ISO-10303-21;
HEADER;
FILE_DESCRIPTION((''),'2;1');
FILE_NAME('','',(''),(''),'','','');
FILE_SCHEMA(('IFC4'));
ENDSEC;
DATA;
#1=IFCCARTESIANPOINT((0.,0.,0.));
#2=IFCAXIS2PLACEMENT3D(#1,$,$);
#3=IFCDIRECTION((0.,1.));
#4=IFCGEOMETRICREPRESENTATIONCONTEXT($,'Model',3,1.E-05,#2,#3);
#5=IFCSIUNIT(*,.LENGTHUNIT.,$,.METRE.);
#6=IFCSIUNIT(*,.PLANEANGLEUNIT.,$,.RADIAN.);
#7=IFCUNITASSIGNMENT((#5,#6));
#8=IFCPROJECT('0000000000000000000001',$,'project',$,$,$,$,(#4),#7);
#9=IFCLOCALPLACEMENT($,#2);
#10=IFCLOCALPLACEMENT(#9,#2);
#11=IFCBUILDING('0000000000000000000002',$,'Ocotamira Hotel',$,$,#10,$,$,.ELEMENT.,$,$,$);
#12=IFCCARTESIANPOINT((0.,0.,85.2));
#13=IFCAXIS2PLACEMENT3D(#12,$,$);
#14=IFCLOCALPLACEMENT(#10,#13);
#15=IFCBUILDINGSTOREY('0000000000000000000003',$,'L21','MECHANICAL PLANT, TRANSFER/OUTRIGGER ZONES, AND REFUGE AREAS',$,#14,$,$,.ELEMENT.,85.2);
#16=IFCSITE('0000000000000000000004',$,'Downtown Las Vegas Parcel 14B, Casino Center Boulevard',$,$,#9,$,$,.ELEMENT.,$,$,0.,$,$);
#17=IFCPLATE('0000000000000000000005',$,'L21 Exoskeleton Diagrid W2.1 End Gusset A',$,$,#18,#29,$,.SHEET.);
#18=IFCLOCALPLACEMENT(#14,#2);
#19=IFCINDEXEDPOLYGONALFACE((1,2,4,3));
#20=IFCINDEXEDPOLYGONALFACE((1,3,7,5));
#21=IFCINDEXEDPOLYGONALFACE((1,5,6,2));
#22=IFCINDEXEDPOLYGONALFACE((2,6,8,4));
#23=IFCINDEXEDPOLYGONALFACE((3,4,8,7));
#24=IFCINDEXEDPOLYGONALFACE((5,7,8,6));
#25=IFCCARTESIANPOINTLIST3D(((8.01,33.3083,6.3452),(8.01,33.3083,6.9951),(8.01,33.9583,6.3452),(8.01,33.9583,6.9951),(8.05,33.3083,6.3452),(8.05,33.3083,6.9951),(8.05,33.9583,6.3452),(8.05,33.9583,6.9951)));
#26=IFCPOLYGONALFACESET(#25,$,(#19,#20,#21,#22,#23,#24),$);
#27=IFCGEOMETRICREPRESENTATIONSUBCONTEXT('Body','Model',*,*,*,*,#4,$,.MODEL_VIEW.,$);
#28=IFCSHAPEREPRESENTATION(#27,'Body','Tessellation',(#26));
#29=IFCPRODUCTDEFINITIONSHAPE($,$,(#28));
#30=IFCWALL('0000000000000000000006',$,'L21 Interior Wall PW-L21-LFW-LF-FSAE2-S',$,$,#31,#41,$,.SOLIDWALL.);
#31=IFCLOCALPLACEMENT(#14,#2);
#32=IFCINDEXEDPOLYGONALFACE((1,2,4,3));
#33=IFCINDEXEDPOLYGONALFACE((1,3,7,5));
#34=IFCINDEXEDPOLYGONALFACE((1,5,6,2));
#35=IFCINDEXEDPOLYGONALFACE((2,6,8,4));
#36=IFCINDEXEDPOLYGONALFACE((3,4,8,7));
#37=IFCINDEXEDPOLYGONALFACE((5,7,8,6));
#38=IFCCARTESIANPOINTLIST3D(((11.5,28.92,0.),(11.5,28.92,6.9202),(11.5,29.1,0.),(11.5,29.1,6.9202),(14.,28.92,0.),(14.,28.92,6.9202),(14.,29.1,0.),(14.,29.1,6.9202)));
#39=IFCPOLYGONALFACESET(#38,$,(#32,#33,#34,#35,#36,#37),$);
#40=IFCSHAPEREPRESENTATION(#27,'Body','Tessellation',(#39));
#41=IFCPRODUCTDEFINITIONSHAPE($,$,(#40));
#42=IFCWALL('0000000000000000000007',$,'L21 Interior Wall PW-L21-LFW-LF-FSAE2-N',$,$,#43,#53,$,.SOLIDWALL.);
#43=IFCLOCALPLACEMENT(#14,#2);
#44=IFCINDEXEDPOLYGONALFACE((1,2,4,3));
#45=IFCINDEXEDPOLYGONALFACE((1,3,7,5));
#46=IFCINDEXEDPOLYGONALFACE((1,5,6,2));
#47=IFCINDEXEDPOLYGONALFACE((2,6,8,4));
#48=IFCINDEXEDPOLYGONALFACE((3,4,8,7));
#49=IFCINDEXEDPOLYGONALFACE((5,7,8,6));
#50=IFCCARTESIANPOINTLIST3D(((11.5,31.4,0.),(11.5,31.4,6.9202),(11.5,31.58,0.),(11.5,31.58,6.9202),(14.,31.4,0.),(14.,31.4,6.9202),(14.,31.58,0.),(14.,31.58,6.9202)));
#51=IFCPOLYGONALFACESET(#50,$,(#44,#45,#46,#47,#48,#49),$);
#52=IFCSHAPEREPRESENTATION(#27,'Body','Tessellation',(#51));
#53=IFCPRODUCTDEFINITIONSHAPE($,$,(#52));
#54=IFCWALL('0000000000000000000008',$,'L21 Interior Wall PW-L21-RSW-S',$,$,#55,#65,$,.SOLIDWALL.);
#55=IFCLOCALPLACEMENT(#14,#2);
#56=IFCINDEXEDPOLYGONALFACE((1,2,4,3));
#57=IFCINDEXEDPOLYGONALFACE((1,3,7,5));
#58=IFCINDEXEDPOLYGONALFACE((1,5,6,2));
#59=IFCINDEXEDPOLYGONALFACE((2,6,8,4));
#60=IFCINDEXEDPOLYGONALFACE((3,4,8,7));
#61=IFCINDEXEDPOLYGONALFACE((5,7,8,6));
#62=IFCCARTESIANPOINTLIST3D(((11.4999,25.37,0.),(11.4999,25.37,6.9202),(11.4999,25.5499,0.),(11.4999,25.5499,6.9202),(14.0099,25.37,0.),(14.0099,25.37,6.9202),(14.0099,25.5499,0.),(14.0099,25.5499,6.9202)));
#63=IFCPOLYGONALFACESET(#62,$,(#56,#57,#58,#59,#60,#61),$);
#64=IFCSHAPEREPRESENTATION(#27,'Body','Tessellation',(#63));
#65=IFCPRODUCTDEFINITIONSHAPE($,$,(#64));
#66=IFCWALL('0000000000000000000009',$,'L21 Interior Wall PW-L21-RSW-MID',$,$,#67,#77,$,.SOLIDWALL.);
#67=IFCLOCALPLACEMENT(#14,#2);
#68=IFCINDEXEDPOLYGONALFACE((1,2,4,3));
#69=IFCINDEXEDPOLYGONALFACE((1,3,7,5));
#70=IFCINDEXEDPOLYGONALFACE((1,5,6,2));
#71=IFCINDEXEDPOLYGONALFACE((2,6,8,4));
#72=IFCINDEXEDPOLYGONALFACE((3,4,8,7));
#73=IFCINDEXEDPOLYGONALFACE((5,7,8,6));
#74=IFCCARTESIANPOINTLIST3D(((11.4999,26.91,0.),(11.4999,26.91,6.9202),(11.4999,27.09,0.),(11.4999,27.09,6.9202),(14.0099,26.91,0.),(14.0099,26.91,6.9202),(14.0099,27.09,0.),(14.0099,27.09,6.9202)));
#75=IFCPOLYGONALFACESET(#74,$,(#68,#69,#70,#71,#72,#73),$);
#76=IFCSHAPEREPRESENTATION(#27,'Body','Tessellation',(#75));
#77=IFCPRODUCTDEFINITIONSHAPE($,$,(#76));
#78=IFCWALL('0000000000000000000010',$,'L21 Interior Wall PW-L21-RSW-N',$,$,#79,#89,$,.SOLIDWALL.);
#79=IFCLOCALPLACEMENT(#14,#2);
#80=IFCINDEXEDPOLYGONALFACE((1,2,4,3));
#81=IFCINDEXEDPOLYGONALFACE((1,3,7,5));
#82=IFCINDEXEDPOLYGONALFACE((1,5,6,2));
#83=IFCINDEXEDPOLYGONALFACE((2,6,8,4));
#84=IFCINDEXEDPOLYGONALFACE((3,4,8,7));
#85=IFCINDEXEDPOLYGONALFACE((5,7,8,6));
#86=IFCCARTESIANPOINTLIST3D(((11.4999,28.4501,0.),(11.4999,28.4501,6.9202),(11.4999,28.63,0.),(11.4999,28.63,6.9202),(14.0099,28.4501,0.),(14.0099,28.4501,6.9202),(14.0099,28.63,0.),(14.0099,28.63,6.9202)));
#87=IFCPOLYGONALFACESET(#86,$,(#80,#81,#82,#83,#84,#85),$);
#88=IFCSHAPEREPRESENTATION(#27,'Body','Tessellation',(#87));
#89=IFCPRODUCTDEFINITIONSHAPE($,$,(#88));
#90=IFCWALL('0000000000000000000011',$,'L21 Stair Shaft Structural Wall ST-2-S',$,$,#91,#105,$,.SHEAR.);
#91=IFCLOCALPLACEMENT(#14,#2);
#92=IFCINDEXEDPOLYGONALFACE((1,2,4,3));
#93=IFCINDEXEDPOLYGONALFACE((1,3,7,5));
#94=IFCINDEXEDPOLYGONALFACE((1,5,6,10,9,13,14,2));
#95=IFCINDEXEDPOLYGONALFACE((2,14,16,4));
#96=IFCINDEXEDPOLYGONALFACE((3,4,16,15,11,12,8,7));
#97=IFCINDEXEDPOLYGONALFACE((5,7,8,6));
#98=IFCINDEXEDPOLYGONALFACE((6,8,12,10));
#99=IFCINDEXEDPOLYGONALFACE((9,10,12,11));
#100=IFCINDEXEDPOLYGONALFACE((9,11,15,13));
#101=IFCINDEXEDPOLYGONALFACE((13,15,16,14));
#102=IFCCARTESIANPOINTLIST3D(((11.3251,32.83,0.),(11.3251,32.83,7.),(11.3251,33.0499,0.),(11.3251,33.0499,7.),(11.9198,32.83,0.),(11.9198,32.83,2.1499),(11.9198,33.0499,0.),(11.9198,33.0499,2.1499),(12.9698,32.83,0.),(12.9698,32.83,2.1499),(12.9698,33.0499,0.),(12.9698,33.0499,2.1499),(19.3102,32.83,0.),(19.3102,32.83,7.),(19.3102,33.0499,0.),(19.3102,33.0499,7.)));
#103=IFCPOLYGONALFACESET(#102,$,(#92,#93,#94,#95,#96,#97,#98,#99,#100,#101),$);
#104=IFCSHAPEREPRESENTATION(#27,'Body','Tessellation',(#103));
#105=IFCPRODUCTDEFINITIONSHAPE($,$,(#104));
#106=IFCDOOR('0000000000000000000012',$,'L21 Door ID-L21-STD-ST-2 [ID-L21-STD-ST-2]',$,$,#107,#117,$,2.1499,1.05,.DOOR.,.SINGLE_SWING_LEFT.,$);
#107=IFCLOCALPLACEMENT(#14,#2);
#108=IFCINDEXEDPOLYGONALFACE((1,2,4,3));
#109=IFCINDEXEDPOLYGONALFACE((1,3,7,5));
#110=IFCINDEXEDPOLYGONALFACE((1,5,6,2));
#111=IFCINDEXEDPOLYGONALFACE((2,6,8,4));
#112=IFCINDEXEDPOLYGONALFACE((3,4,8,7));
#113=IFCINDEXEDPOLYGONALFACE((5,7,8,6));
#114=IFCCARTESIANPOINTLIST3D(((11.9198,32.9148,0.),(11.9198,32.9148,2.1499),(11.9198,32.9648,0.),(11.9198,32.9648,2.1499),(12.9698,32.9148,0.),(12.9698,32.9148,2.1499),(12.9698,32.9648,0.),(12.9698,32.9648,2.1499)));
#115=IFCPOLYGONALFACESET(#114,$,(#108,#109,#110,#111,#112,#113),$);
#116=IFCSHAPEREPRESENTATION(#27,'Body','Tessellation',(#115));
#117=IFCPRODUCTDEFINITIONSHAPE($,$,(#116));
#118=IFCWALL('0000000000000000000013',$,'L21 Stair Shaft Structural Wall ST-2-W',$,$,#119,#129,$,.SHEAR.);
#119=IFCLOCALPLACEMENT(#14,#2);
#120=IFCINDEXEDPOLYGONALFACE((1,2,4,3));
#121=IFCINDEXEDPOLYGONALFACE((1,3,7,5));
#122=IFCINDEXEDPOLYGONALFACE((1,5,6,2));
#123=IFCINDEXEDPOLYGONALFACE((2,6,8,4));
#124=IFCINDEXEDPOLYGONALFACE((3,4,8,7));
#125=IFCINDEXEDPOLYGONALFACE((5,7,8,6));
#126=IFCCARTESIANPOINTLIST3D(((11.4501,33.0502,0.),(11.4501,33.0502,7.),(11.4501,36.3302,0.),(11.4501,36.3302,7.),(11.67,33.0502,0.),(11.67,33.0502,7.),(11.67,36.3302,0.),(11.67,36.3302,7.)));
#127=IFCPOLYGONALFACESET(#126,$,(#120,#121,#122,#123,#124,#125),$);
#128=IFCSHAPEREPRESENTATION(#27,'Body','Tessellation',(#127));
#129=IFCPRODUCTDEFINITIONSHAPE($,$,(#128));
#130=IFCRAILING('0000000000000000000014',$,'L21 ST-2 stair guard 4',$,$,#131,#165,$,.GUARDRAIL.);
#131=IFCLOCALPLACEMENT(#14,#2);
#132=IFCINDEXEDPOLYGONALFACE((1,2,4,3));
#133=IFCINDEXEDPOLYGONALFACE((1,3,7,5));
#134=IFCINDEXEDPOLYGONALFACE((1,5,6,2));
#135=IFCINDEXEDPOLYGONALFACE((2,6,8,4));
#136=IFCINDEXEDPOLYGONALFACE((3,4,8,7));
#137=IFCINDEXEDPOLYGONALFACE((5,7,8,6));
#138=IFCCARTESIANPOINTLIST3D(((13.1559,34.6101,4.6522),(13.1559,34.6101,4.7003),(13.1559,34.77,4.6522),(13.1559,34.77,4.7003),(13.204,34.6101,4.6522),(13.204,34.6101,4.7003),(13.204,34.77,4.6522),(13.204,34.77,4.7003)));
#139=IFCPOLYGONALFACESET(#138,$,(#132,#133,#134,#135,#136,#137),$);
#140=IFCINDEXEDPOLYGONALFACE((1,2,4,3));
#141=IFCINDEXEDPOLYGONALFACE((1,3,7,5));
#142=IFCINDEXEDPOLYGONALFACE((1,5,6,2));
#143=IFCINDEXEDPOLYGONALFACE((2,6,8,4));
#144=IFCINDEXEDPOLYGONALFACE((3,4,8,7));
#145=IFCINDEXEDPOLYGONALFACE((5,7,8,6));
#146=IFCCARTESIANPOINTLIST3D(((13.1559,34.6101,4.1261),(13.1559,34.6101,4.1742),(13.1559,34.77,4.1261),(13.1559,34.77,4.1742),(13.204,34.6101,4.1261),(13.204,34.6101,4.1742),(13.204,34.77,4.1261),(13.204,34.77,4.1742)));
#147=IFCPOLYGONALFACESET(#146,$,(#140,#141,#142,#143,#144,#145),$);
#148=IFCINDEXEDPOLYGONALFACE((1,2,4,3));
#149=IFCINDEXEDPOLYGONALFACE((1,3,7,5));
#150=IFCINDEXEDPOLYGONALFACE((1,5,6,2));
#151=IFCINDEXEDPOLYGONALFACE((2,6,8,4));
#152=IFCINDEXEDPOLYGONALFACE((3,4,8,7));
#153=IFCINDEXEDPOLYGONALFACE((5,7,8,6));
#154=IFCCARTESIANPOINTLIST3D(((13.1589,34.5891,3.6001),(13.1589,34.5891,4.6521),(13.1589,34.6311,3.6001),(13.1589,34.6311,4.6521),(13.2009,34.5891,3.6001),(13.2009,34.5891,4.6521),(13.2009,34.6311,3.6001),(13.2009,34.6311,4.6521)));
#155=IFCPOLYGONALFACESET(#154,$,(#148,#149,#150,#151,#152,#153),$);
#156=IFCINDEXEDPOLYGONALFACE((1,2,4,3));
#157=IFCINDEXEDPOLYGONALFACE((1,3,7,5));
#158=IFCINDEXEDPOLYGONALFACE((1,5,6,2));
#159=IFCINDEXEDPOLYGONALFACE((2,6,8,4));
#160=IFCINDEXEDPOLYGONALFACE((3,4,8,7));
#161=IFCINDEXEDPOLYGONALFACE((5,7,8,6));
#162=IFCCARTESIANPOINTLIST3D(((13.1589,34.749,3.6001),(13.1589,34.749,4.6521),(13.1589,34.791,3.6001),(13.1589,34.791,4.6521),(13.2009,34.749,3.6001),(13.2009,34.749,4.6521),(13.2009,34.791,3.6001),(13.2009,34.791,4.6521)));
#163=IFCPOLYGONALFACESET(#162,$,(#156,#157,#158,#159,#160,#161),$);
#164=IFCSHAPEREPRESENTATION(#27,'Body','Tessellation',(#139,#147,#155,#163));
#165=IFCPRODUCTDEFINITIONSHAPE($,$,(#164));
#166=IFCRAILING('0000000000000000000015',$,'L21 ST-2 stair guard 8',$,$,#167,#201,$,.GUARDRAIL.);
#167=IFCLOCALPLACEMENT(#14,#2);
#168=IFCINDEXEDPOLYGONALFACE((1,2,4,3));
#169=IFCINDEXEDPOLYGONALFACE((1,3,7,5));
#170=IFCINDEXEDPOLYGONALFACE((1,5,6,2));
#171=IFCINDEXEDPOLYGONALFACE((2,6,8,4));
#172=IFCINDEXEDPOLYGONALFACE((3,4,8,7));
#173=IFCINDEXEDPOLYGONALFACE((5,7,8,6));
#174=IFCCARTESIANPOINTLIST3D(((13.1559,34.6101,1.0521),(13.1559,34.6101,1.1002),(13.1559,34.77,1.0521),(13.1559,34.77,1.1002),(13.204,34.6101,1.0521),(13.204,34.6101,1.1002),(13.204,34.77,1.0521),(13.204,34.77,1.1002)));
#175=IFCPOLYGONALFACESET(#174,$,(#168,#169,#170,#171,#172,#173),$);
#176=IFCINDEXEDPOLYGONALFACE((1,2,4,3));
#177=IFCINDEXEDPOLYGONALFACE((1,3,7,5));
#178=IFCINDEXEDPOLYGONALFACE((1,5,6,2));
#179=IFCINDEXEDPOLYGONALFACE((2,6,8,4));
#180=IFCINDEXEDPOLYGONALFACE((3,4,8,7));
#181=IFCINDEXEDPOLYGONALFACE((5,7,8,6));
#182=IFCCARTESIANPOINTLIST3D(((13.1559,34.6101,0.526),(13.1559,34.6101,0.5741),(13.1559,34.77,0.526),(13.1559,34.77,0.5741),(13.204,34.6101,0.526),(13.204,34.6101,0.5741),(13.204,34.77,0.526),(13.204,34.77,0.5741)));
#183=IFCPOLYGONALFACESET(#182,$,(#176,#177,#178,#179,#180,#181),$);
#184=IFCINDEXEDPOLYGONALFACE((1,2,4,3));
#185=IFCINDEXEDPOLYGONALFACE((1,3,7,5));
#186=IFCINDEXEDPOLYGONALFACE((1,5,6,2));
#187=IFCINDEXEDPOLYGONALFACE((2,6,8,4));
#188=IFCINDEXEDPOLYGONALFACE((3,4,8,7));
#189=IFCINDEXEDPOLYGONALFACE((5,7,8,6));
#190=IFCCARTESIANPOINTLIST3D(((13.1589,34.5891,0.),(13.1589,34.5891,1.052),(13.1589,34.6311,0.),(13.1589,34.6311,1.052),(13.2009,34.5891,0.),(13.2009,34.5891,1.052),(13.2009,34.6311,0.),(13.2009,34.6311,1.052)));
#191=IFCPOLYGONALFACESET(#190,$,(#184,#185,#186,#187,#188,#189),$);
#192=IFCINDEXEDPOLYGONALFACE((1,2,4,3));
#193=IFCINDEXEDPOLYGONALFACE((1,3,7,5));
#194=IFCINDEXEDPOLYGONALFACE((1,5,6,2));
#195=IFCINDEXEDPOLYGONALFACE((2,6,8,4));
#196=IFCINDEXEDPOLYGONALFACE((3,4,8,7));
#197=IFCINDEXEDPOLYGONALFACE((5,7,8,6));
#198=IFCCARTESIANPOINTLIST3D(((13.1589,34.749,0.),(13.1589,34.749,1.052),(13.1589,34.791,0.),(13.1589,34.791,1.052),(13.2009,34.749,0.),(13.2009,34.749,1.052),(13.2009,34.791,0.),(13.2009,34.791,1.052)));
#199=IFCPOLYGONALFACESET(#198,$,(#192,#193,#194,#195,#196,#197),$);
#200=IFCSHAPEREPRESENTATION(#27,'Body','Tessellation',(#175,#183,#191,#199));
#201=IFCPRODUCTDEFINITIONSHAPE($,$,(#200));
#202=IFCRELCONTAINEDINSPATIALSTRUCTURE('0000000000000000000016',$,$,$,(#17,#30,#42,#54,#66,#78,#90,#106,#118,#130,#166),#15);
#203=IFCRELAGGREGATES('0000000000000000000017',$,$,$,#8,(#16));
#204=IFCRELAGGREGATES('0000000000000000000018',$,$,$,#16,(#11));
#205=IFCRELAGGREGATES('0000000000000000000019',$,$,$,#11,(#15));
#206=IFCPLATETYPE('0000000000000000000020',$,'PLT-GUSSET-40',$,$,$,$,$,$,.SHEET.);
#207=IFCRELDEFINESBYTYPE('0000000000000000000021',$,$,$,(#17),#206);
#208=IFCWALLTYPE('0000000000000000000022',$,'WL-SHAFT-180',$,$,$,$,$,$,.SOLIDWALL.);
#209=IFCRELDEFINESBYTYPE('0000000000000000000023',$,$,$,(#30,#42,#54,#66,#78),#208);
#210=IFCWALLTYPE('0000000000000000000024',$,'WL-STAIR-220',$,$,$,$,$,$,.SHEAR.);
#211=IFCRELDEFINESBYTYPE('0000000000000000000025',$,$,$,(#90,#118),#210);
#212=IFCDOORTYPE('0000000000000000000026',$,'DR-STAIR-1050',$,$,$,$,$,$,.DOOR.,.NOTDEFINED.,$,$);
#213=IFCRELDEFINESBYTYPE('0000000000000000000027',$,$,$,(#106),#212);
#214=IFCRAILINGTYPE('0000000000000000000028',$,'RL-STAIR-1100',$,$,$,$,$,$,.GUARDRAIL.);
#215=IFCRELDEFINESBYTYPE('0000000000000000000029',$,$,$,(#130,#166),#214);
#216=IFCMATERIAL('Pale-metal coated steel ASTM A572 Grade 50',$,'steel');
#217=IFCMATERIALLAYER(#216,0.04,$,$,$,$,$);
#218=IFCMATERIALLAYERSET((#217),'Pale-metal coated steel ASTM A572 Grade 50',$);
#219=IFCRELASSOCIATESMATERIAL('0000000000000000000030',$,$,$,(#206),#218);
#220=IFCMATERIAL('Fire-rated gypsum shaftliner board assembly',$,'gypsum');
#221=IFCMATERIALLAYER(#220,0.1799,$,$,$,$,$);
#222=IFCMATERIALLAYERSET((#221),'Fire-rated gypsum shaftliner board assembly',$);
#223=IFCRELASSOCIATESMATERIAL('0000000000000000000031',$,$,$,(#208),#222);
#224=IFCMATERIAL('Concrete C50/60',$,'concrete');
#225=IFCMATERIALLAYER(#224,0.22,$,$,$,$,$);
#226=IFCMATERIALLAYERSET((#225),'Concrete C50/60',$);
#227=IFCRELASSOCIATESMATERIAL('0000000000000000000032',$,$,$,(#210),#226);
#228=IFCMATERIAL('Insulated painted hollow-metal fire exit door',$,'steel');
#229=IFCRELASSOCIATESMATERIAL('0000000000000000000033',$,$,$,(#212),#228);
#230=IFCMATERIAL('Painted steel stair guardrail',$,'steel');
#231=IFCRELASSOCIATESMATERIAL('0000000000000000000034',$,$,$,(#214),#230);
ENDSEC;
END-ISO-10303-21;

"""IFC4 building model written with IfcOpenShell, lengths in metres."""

from ifc_helpers import new_model, si_unit, direction, frame, frame_2d, origin, origin_2d, place, context, subcontext, project, spatial, rectangle, extrude, source, transform, mapped, material, layer, layer_set, type_object, element, fill, save


model = new_model("IFC4")

# Units and contexts
model_context = context("Model", 3, precision=1e-05, world=origin(), true_north=direction((0.0, 1.0)))
body_context = subcontext(model_context, "Body", "Model", "MODEL_VIEW")
ifc_project = project(units=[si_unit("LENGTHUNIT", "METRE"), si_unit("PLANEANGLEUNIT", "RADIAN")], contexts=[model_context])

# Site, building, storey
site_placement = place(None, origin())
site = spatial("IfcSite", under=ifc_project, at=site_placement, Name="Downtown Las Vegas Parcel 14B, Casino Center Boulevard", CompositionType="ELEMENT", RefElevation=0.0)
building_placement = place(site_placement, origin())
building = spatial("IfcBuilding", under=site, at=building_placement, Name="Ocotamira Hotel", CompositionType="ELEMENT")
storey_placement = place(building_placement, frame((0.0, 0.0, 85.2)))
storey = spatial("IfcBuildingStorey", under=building, at=storey_placement, Name="L21", Description="MECHANICAL PLANT, TRANSFER/OUTRIGGER ZONES, AND REFUGE AREAS", CompositionType="ELEMENT", Elevation=85.2)

# Plate
ifc_material_1 = material(Name="Pale-metal coated steel ASTM A572 Grade 50", Category="steel")
ifc_layer_1 = layer(ifc_material_1, 0.04)
ifc_layer_set_1 = layer_set([ifc_layer_1], Name="Pale-metal coated steel ASTM A572 Grade 50")
plate_type = type_object("IfcPlateType", Name="PLT-GUSSET-40", PredefinedType="SHEET", material=ifc_layer_set_1)
shared_shape_1 = source(origin(), body_context, "Body", "SweptSolid", [
    extrude(rectangle(XDim=0.04, YDim=0.6499, at=origin_2d()), origin(), (0.0, 0.0, 1.0), 0.6499),
])
for number, where, z_axis, x_axis, name in (
    (1, (8.03, 33.6333, 6.3452), (0.0, 0.0, 1.0), (1.0, 0.0, 0.0), "L21 Exoskeleton Diagrid W2.1 End Gusset A"),
):
    element("IfcPlate", number, at=place(storey_placement, frame(where, z_axis=z_axis, x_axis=x_axis)), inside=storey, type_object=plate_type, Name=name, PredefinedType="SHEET", context=body_context, shape_type="MappedRepresentation", body=[
        mapped(shared_shape_1, transform((0.0, 0.0, 0.0), scale=1.0)),
    ])

# Walls
ifc_material_2 = material(Name="Fire-rated gypsum shaftliner board assembly", Category="gypsum")
ifc_layer_2 = layer(ifc_material_2, 0.1799)
ifc_layer_set_2 = layer_set([ifc_layer_2], Name="Fire-rated gypsum shaftliner board assembly")
wall_type_1 = type_object("IfcWallType", Name="WL-SHAFT-180", PredefinedType="SOLIDWALL", material=ifc_layer_set_2)
for number, where, z_axis, x_axis, name in (
    (2, (11.5, 29.01, 0.0), (0.0, 0.0, 1.0), (1.0, 0.0, 0.0), "L21 Interior Wall PW-L21-LFW-LF-FSAE2-S"),
    (3, (11.5, 31.49, 0.0), (0.0, 0.0, 1.0), (1.0, 0.0, 0.0), "L21 Interior Wall PW-L21-LFW-LF-FSAE2-N"),
):
    element("IfcWall", number, at=place(storey_placement, frame(where, z_axis=z_axis, x_axis=x_axis)), inside=storey, type_object=wall_type_1, Name=name, PredefinedType="SOLIDWALL", context=body_context, shape_type="SweptSolid", body=[
        extrude(rectangle(XDim=2.5, YDim=0.1799, at=frame_2d((1.25, 0.0))), origin(), (0.0, 0.0, 1.0), 6.9202),
    ])
for number, where, z_axis, x_axis, name in (
    (4, (11.5, 25.46, 0.0), (0.0, 0.0, 1.0), (1.0, 0.0, 0.0), "L21 Interior Wall PW-L21-RSW-S"),
    (5, (11.5, 27.0, 0.0), (0.0, 0.0, 1.0), (1.0, 0.0, 0.0), "L21 Interior Wall PW-L21-RSW-MID"),
    (6, (11.5, 28.54, 0.0), (0.0, 0.0, 1.0), (1.0, 0.0, 0.0), "L21 Interior Wall PW-L21-RSW-N"),
):
    element("IfcWall", number, at=place(storey_placement, frame(where, z_axis=z_axis, x_axis=x_axis)), inside=storey, type_object=wall_type_1, Name=name, PredefinedType="SOLIDWALL", context=body_context, shape_type="SweptSolid", body=[
        extrude(rectangle(XDim=2.51, YDim=0.1799, at=frame_2d((1.2549, 0.0))), origin(), (0.0, 0.0, 1.0), 6.9202),
    ])

# Wall, opening, door
ifc_material_3 = material(Name="Concrete C50/60", Category="concrete")
ifc_layer_3 = layer(ifc_material_3, 0.22)
ifc_layer_set_3 = layer_set([ifc_layer_3], Name="Concrete C50/60")
wall_type_2 = type_object("IfcWallType", Name="WL-STAIR-220", PredefinedType="SHEAR", material=ifc_layer_set_3)
wall_1_placement = place(storey_placement, frame((11.325, 32.9399, 0.0), z_axis=(0.0, 0.0, 1.0), x_axis=(1.0, 0.0, 0.0)))
wall_1 = element("IfcWall", 7, at=wall_1_placement, inside=storey, type_object=wall_type_2, Name="L21 Stair Shaft Structural Wall ST-2-S", PredefinedType="SHEAR", context=body_context, shape_type="SweptSolid", body=[
    extrude(rectangle(XDim=7.9851, YDim=0.22, at=frame_2d((3.9927, 0.0))), origin(), (0.0, 0.0, 1.0), 7.0),
])
opening_placement = place(wall_1_placement, frame((0.595, 0.0, 0.0)))
opening = element("IfcOpeningElement", 8, at=opening_placement, cuts=wall_1, PredefinedType="OPENING", context=body_context, shape_type="SweptSolid", body=[
    extrude(rectangle(XDim=1.05, YDim=2.1499, at=frame_2d((0.5249, 1.075))), frame((0.0, 0.1201, 0.0), z_axis=(0.0, -1.0, 0.0), x_axis=(1.0, 0.0, 0.0)), (0.0, 0.0, 1.0), 0.24),
])
ifc_material_4 = material(Name="Insulated painted hollow-metal fire exit door", Category="steel")
door_type = type_object("IfcDoorType", Name="DR-STAIR-1050", OperationType="NOTDEFINED", PredefinedType="DOOR", material=ifc_material_4)
shared_shape_2 = source(origin(), body_context, "Body", "SweptSolid", [
    extrude(rectangle(XDim=1.05, YDim=2.1499, at=frame_2d((0.5249, 1.075))), frame((0.0, 0.0249, 0.0), z_axis=(0.0, -1.0, 0.0), x_axis=(1.0, 0.0, 0.0)), (0.0, 0.0, 1.0), 0.05),
])
door_placement = place(opening_placement, origin())
door = element("IfcDoor", 9, at=door_placement, inside=storey, type_object=door_type, Name="L21 Door ID-L21-STD-ST-2 [ID-L21-STD-ST-2]", OperationType="SINGLE_SWING_LEFT", OverallHeight=2.1499, OverallWidth=1.05, PredefinedType="DOOR", context=body_context, shape_type="MappedRepresentation", body=[
    mapped(shared_shape_2, transform((0.0, 0.0, 0.0), scale=1.0)),
])
fill(opening, door)

# Wall
wall_2_placement = place(storey_placement, frame((11.5601, 33.05, 0.0), z_axis=(0.0, 0.0, 1.0), x_axis=(0.0, 1.0, 0.0)))
element("IfcWall", 10, at=wall_2_placement, inside=storey, type_object=wall_type_2, Name="L21 Stair Shaft Structural Wall ST-2-W", PredefinedType="SHEAR", context=body_context, shape_type="SweptSolid", body=[
    extrude(rectangle(XDim=3.28, YDim=0.22, at=frame_2d((1.6401, 0.0))), origin(), (0.0, 0.0, 1.0), 7.0),
])

# Railings
ifc_material_5 = material(Name="Painted steel stair guardrail", Category="steel")
railing_type = type_object("IfcRailingType", Name="RL-STAIR-1100", PredefinedType="GUARDRAIL", material=ifc_material_5)
for number, where, name in (
    (11, (13.1799, 34.6101, 3.6001), "L21 ST-2 stair guard 4"),
    (12, (13.1799, 34.6101, 0.0), "L21 ST-2 stair guard 8"),
):
    element("IfcRailing", number, at=place(storey_placement, frame(where)), inside=storey, type_object=railing_type, Name=name, PredefinedType="GUARDRAIL", context=body_context, shape_type="SweptSolid", body=[
        extrude(rectangle(XDim=0.0481, YDim=0.0481, at=origin_2d()), frame((0.0, 0.0, 1.0762), z_axis=(0.0, 1.0, 0.0), x_axis=(-1.0, 0.0, 0.0)), (0.0, 0.0, 1.0), 0.1599),
        extrude(rectangle(XDim=0.0481, YDim=0.0481, at=origin_2d()), frame((0.0, 0.0, 0.55), z_axis=(0.0, 1.0, 0.0), x_axis=(-1.0, 0.0, 0.0)), (0.0, 0.0, 1.0), 0.1599),
        extrude(rectangle(XDim=0.042, YDim=0.042, at=origin_2d()), origin(), (0.0, 0.0, 1.0), 1.052),
        extrude(rectangle(XDim=0.042, YDim=0.042, at=origin_2d()), frame((0.0, 0.1599, 0.0)), (0.0, 0.0, 1.0), 1.052),
    ])

save(model, "model.ifc")
